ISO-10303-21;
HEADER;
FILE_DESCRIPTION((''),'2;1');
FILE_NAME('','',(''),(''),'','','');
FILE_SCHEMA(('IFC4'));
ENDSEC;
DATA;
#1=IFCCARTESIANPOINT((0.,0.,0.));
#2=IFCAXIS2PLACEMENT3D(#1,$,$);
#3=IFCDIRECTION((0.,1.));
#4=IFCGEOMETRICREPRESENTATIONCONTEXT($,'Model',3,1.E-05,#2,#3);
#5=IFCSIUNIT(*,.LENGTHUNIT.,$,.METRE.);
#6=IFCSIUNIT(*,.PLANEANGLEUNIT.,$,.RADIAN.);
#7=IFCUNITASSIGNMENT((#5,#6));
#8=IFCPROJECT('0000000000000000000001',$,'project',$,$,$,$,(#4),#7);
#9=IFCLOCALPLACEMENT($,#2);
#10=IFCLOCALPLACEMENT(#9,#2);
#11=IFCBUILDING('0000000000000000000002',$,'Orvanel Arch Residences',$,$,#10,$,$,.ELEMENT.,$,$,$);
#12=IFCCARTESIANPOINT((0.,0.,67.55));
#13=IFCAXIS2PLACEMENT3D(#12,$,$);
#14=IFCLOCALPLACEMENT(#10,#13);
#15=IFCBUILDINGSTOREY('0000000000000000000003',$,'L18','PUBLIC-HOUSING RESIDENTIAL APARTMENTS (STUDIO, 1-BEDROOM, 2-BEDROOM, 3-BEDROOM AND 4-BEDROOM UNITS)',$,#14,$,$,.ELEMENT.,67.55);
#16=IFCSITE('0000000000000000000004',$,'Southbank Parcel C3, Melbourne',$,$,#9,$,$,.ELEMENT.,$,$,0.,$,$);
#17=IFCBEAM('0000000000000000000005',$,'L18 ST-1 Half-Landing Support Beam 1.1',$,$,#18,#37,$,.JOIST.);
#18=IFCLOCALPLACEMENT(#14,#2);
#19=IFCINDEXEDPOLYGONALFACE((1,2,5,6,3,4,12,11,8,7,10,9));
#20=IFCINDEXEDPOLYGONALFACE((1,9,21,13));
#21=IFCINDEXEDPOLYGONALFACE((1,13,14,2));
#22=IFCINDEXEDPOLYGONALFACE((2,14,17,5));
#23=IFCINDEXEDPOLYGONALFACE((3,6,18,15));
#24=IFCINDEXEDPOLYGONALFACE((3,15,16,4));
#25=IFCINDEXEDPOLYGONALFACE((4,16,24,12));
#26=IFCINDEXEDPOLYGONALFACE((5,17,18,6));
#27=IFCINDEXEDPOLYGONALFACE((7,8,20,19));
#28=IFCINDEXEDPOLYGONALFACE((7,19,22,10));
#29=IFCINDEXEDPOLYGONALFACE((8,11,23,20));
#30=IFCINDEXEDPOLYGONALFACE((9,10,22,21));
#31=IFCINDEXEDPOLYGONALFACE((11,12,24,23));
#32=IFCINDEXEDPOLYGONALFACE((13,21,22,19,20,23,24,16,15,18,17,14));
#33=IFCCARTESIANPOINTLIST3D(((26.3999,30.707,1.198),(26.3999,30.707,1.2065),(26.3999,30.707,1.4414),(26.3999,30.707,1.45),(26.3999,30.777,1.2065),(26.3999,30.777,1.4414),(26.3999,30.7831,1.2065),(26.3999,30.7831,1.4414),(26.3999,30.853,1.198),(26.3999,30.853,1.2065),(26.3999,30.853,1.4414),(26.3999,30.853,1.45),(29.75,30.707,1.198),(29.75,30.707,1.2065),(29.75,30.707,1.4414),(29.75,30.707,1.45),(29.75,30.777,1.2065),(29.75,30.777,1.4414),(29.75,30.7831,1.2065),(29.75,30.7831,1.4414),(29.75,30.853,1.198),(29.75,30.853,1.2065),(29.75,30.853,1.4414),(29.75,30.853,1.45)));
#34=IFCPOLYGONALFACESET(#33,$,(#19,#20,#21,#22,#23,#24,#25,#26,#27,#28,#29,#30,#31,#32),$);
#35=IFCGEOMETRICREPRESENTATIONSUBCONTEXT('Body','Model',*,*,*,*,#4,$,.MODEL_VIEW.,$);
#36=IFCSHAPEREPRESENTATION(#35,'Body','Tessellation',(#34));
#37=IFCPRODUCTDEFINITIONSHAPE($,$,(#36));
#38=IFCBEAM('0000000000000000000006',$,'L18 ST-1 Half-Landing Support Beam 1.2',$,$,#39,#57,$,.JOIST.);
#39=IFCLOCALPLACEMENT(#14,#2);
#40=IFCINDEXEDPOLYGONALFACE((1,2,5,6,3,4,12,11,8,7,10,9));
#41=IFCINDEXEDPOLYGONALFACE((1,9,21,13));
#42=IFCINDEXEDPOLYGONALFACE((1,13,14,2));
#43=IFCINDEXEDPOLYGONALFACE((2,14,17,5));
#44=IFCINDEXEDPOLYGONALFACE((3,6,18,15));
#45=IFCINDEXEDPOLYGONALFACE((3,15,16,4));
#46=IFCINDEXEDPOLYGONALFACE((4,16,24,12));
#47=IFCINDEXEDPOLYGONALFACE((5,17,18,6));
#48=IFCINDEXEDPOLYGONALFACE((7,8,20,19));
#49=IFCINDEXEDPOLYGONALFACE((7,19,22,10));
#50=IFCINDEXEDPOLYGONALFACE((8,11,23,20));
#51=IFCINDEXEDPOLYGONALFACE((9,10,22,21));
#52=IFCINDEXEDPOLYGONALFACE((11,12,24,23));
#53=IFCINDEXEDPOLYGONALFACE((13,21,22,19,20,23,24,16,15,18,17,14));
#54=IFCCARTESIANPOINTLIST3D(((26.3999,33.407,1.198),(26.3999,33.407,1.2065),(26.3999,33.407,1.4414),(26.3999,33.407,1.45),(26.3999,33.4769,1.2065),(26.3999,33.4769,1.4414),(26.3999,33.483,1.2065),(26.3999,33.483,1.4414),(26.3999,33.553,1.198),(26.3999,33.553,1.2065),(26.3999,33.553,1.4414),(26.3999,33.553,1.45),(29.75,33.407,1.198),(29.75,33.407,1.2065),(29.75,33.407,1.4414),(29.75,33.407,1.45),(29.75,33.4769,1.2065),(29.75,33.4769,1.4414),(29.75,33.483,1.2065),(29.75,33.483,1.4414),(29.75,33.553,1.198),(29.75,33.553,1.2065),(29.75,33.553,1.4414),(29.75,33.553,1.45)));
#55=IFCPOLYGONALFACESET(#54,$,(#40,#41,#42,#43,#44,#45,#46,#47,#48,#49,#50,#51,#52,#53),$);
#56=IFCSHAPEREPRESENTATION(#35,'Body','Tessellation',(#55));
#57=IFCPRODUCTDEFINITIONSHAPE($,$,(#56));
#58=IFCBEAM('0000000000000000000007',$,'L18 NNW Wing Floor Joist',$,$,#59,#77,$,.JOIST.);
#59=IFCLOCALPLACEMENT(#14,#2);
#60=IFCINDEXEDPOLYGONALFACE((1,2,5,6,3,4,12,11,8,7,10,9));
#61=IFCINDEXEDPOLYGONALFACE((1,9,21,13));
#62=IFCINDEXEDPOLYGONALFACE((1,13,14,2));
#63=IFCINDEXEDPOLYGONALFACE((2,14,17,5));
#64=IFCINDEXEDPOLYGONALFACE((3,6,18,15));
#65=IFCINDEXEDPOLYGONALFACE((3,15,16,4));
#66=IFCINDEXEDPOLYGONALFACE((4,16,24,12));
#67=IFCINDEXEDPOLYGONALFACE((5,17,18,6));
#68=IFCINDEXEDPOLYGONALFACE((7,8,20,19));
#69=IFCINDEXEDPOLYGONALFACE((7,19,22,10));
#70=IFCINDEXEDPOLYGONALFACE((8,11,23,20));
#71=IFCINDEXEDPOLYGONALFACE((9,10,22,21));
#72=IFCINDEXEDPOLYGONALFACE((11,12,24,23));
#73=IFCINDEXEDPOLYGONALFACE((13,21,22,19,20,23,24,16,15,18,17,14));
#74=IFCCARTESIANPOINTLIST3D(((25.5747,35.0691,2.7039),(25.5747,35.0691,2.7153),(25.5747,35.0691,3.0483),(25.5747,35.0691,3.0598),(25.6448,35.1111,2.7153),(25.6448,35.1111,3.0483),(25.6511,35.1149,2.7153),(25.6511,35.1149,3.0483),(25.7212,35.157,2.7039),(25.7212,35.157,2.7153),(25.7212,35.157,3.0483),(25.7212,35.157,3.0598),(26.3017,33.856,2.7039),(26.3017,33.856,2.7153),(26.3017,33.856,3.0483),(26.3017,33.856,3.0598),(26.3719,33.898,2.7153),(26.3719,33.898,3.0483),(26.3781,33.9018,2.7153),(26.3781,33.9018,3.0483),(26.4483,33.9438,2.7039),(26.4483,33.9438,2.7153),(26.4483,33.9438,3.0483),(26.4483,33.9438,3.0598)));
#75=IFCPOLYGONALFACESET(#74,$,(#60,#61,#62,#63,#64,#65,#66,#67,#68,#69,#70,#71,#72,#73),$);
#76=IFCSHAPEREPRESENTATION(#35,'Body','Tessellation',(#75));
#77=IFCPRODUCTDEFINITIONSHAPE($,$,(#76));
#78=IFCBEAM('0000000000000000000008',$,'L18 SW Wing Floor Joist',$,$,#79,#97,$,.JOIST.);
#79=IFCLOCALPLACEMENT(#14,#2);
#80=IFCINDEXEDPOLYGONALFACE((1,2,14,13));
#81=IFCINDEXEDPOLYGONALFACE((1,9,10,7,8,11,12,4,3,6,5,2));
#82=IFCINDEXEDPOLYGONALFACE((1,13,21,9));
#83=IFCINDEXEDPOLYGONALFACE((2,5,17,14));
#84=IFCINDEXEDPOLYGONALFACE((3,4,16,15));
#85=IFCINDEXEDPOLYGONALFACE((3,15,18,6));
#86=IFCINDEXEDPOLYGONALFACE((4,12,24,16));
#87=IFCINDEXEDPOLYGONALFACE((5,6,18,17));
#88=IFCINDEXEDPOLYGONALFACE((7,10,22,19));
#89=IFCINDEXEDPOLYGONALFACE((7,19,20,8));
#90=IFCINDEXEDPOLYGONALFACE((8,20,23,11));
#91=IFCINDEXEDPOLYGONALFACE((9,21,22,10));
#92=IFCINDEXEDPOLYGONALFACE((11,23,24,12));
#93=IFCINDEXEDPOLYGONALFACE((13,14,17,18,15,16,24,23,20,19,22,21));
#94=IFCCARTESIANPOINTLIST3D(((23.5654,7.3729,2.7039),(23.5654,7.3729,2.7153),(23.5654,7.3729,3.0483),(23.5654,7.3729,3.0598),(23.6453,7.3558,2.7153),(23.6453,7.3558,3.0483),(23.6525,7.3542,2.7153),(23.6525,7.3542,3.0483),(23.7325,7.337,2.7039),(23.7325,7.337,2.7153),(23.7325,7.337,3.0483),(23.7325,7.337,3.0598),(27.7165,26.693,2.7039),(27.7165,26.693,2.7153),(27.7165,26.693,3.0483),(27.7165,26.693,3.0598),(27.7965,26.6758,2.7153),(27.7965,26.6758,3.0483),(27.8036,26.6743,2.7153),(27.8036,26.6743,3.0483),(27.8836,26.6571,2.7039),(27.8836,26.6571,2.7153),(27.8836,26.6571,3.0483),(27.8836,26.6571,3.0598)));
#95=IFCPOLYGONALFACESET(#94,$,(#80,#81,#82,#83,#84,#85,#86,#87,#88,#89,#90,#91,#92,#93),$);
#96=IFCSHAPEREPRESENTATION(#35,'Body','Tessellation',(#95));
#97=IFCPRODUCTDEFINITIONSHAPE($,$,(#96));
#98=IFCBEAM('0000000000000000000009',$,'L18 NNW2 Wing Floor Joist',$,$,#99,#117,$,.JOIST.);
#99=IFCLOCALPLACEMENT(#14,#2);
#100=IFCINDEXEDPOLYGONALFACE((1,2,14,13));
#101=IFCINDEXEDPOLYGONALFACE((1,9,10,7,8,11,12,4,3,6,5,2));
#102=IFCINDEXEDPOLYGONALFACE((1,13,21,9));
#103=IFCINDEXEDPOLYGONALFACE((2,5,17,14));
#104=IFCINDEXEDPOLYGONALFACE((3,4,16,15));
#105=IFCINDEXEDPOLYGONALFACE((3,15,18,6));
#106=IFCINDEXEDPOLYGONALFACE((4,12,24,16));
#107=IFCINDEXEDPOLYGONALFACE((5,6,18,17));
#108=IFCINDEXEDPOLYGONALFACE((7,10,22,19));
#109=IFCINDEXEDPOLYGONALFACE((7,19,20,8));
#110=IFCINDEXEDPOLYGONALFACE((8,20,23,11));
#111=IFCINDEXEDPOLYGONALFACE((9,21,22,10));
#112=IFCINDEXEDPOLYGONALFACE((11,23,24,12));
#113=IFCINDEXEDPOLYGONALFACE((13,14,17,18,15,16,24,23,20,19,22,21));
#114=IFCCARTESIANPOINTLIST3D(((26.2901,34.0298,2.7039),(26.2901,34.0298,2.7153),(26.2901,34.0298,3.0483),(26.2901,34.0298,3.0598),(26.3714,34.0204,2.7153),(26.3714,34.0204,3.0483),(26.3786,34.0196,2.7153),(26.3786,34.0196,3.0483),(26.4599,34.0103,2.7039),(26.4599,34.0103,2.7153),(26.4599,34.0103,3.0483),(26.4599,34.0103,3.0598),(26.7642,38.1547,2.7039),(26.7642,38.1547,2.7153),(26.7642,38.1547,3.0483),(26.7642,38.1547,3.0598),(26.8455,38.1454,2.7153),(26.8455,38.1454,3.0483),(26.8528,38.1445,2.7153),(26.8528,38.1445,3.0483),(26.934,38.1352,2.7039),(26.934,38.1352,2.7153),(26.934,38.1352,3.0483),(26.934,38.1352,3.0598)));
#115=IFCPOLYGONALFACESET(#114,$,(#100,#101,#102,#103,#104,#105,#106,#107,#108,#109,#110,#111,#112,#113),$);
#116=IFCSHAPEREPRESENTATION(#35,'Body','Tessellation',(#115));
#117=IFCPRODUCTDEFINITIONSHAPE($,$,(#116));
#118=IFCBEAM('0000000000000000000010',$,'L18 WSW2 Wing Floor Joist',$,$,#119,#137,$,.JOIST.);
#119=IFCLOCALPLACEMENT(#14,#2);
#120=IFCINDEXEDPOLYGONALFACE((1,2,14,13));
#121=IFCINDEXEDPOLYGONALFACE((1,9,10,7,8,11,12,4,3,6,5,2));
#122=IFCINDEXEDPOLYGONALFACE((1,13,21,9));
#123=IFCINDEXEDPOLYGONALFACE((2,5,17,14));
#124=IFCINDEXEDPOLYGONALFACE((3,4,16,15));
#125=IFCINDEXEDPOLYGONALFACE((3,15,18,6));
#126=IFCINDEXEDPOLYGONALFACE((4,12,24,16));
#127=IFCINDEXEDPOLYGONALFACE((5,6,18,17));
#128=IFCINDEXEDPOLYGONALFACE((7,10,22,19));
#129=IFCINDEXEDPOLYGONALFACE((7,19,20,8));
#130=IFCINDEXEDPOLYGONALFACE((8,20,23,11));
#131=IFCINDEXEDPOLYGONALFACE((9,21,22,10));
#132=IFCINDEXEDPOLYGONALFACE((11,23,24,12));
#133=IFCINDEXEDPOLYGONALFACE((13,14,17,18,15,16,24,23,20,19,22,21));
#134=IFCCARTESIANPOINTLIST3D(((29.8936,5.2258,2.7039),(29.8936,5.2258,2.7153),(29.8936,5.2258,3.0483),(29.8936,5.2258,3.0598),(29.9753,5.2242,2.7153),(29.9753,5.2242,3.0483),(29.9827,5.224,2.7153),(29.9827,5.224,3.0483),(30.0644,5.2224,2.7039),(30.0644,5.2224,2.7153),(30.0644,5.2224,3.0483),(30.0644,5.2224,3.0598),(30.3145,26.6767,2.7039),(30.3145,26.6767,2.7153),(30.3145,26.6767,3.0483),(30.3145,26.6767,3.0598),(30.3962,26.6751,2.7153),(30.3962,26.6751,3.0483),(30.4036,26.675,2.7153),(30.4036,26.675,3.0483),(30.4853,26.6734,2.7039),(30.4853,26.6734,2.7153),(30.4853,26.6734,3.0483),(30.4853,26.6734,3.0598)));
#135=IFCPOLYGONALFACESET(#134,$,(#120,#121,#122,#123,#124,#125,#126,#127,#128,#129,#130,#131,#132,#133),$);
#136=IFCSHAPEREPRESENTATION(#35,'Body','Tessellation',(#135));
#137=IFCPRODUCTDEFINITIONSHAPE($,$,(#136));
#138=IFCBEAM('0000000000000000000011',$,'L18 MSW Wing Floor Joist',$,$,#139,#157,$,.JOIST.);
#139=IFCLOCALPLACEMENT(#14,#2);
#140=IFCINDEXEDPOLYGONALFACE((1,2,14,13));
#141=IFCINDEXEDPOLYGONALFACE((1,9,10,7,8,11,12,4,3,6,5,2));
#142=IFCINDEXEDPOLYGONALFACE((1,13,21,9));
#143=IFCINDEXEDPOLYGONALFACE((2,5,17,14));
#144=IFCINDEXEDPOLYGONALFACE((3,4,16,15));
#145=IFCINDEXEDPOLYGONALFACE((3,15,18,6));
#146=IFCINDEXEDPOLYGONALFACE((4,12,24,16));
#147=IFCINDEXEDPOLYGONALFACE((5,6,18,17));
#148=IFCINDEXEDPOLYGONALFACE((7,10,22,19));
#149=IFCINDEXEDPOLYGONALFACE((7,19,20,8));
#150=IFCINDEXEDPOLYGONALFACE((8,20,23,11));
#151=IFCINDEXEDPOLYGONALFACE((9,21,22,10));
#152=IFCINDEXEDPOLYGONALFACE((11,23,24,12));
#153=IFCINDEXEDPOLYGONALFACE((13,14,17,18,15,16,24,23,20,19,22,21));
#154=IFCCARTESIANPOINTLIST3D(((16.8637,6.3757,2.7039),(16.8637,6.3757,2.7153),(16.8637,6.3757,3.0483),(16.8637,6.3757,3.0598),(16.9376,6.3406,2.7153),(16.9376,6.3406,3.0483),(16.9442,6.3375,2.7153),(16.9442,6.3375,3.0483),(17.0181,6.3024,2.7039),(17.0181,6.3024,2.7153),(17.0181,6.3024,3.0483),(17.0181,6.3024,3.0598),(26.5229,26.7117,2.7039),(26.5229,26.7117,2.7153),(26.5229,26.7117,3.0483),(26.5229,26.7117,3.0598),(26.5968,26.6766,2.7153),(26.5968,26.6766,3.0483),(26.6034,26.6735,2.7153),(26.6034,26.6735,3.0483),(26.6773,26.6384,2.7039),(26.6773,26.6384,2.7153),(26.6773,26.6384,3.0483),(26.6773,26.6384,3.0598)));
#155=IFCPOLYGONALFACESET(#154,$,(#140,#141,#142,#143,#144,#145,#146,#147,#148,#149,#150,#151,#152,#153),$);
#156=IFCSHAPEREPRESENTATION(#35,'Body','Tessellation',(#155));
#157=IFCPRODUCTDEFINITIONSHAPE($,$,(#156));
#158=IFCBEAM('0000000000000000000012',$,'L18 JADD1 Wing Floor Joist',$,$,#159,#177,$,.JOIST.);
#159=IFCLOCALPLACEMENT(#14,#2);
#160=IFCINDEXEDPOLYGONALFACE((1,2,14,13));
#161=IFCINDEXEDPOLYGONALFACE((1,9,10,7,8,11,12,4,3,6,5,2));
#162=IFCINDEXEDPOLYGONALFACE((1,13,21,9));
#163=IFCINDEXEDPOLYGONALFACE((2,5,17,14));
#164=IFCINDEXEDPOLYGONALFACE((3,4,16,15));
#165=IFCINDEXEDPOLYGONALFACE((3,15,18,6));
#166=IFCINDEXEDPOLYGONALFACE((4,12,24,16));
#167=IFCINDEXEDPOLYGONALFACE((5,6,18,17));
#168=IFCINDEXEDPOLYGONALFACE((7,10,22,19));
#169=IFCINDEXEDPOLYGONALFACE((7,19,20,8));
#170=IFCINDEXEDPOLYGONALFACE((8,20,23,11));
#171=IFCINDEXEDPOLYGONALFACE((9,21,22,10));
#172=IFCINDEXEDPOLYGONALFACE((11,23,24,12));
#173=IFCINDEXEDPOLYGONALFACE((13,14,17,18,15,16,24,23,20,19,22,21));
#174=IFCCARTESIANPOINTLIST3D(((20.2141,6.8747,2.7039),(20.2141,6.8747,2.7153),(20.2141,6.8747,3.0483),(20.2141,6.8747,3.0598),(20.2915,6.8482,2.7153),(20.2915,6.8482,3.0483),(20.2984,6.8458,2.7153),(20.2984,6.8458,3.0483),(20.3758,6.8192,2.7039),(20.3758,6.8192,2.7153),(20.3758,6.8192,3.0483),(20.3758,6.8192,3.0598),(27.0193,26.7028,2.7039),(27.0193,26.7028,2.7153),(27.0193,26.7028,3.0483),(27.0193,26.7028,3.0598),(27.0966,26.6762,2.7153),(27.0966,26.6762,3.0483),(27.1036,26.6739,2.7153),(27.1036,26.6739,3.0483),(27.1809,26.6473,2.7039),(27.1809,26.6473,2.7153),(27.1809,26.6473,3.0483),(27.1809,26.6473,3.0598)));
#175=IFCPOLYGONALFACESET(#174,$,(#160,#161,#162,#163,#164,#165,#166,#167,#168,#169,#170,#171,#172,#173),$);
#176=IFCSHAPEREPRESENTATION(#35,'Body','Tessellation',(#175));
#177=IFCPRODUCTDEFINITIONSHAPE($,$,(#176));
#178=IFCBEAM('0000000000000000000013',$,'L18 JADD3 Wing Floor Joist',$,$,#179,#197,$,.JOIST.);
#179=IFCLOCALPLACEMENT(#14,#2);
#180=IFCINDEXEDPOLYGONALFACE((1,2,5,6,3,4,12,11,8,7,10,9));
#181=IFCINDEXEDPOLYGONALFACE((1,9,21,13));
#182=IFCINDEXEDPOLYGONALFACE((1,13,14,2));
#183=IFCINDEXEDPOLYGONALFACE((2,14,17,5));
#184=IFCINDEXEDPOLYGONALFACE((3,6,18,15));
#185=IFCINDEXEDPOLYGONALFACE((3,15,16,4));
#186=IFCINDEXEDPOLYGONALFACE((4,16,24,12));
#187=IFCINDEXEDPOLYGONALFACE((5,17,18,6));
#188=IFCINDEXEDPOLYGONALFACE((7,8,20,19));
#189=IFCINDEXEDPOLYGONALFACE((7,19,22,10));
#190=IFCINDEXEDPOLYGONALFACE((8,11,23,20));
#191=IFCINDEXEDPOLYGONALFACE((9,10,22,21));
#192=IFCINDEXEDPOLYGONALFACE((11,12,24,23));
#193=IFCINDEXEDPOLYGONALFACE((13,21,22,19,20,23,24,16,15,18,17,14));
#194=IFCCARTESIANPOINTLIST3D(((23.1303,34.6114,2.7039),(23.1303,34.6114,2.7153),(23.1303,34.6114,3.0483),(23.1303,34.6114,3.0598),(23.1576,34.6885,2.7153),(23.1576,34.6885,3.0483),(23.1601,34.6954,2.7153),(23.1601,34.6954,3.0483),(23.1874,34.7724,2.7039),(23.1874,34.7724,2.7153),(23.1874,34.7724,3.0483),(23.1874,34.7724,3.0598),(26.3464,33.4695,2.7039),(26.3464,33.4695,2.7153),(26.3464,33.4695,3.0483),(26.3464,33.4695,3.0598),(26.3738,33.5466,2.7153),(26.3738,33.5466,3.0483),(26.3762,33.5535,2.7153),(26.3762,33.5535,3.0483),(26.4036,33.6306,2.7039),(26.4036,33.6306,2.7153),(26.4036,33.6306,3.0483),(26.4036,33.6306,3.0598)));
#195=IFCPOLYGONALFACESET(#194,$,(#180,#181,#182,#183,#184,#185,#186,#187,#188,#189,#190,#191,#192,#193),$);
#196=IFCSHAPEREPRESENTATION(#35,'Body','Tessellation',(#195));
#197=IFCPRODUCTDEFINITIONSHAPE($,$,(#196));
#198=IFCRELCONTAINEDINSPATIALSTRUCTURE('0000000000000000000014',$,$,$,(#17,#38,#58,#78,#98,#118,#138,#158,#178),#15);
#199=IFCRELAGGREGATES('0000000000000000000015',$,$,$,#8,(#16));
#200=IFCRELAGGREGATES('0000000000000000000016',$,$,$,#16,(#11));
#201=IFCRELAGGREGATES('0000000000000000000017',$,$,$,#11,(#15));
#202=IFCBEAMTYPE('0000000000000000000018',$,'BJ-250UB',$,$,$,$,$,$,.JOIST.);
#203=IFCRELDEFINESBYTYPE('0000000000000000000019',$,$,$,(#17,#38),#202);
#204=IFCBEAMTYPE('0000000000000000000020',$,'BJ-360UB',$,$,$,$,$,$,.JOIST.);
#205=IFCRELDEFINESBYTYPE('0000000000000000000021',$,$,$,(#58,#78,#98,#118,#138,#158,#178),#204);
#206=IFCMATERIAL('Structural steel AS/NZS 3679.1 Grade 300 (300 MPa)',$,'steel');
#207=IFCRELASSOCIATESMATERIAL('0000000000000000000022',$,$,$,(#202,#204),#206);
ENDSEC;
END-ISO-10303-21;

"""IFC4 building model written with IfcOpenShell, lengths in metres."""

from ifc_helpers import new_model, si_unit, direction, frame, origin, origin_2d, place, context, subcontext, project, spatial, i_section, extrude, material, material_profile, profile_set, type_object, element, save


model = new_model("IFC4")

# Units and contexts
model_context = context("Model", 3, precision=1e-05, world=origin(), true_north=direction((0.0, 1.0)))
body_context = subcontext(model_context, "Body", "Model", "MODEL_VIEW")
ifc_project = project(units=[si_unit("LENGTHUNIT", "METRE"), si_unit("PLANEANGLEUNIT", "RADIAN")], contexts=[model_context])

# Site, building, storey
site_placement = place(None, origin())
site = spatial("IfcSite", under=ifc_project, at=site_placement, Name="Southbank Parcel C3, Melbourne", CompositionType="ELEMENT", RefElevation=0.0)
building_placement = place(site_placement, origin())
building = spatial("IfcBuilding", under=site, at=building_placement, Name="Orvanel Arch Residences", CompositionType="ELEMENT")
storey_placement = place(building_placement, frame((0.0, 0.0, 67.55)))
storey = spatial("IfcBuildingStorey", under=building, at=storey_placement, Name="L18", Description="PUBLIC-HOUSING RESIDENTIAL APARTMENTS (STUDIO, 1-BEDROOM, 2-BEDROOM, 3-BEDROOM AND 4-BEDROOM UNITS)", CompositionType="ELEMENT", Elevation=67.55)

# Beams
ifc_material_1 = material(Name="Structural steel AS/NZS 3679.1 Grade 300 (300 MPa)", Category="steel")
ifc_material_profile_1 = material_profile(ifc_material_1, i_section(OverallWidth=0.146, OverallDepth=0.252, WebThickness=0.0061, FlangeThickness=0.0085, at=origin_2d()), Name="250UB31.4")
ifc_profile_set_1 = profile_set([ifc_material_profile_1], Name="Structural steel AS/NZS 3679.1 Grade 300 (300 MPa)")
beam_type_1 = type_object("IfcBeamType", Name="BJ-250UB", PredefinedType="JOIST", material=ifc_profile_set_1)
for number, where, z_axis, x_axis, name in (
    (1, (26.3999, 30.78, 1.324), (1.0, 0.0, 0.0), (0.0, 1.0, 0.0), "L18 ST-1 Half-Landing Support Beam 1.1"),
    (2, (26.3999, 33.48, 1.324), (1.0, 0.0, 0.0), (0.0, 1.0, 0.0), "L18 ST-1 Half-Landing Support Beam 1.2"),
):
    element("IfcBeam", number, at=place(storey_placement, frame(where, z_axis=z_axis, x_axis=x_axis)), inside=storey, type_object=beam_type_1, Name=name, PredefinedType="JOIST", context=body_context, shape_type="SweptSolid", body=[
        extrude(i_section(OverallWidth=0.146, OverallDepth=0.252, WebThickness=0.0061, FlangeThickness=0.0085, at=origin_2d()), origin(), (0.0, 0.0, 1.0), 3.3501),
    ])
ifc_material_profile_2 = material_profile(ifc_material_1, i_section(OverallWidth=0.1709, OverallDepth=0.356, WebThickness=0.0073, FlangeThickness=0.0115, at=origin_2d()), Name="360UB50.7")
ifc_profile_set_2 = profile_set([ifc_material_profile_2], Name="Structural steel AS/NZS 3679.1 Grade 300 (300 MPa)")
beam_type_2 = type_object("IfcBeamType", Name="BJ-360UB", PredefinedType="JOIST", material=ifc_profile_set_2)
beam_1_placement = place(storey_placement, frame((26.375, 33.8999, 2.8818), z_axis=(-0.514064, 0.857752, 0.0), x_axis=(-0.857752, -0.514064, 0.0)))
element("IfcBeam", 3, at=beam_1_placement, inside=storey, type_object=beam_type_2, Name="L18 NNW Wing Floor Joist", PredefinedType="JOIST", context=body_context, shape_type="SweptSolid", body=[
    extrude(i_section(OverallWidth=0.1709, OverallDepth=0.356, WebThickness=0.0073, FlangeThickness=0.0115, at=origin_2d()), origin(), (0.0, 0.0, 1.0), 1.4143),
])
beam_2_placement = place(storey_placement, frame((27.8, 26.675, 2.8818), z_axis=(-0.210067, -0.977687, 0.0), x_axis=(0.977687, -0.210067, 0.0)))
element("IfcBeam", 4, at=beam_2_placement, inside=storey, type_object=beam_type_2, Name="L18 SW Wing Floor Joist", PredefinedType="JOIST", context=body_context, shape_type="SweptSolid", body=[
    extrude(i_section(OverallWidth=0.1709, OverallDepth=0.356, WebThickness=0.0073, FlangeThickness=0.0115, at=origin_2d()), origin(), (0.0, 0.0, 1.0), 19.761),
])
beam_3_placement = place(storey_placement, frame((26.375, 34.02, 2.8818), z_axis=(0.114187, 0.993459, 0.0), x_axis=(-0.993459, 0.114187, 0.0)))
element("IfcBeam", 5, at=beam_3_placement, inside=storey, type_object=beam_type_2, Name="L18 NNW2 Wing Floor Joist", PredefinedType="JOIST", context=body_context, shape_type="SweptSolid", body=[
    extrude(i_section(OverallWidth=0.1709, OverallDepth=0.356, WebThickness=0.0073, FlangeThickness=0.0115, at=origin_2d()), origin(), (0.0, 0.0, 1.0), 4.1521),
])
beam_4_placement = place(storey_placement, frame((30.3999, 26.675, 2.8818), z_axis=(-0.019618, -0.999808, 0.0), x_axis=(0.999808, -0.019618, 0.0)))
element("IfcBeam", 6, at=beam_4_placement, inside=storey, type_object=beam_type_2, Name="L18 WSW2 Wing Floor Joist", PredefinedType="JOIST", context=body_context, shape_type="SweptSolid", body=[
    extrude(i_section(OverallWidth=0.1709, OverallDepth=0.356, WebThickness=0.0073, FlangeThickness=0.0115, at=origin_2d()), origin(), (0.0, 0.0, 1.0), 21.4551),
])
beam_5_placement = place(storey_placement, frame((26.6001, 26.675, 2.8818), z_axis=(-0.429043, -0.903284, 0.0), x_axis=(0.903284, -0.429043, 0.0)))
element("IfcBeam", 7, at=beam_5_placement, inside=storey, type_object=beam_type_2, Name="L18 MSW Wing Floor Joist", PredefinedType="JOIST", context=body_context, shape_type="SweptSolid", body=[
    extrude(i_section(OverallWidth=0.1709, OverallDepth=0.356, WebThickness=0.0073, FlangeThickness=0.0115, at=origin_2d()), origin(), (0.0, 0.0, 1.0), 22.5134),
])
beam_6_placement = place(storey_placement, frame((27.1001, 26.675, 2.8818), z_axis=(-0.324621, -0.945844, 0.0), x_axis=(0.945844, -0.324621, 0.0)))
element("IfcBeam", 8, at=beam_6_placement, inside=storey, type_object=beam_type_2, Name="L18 JADD1 Wing Floor Joist", PredefinedType="JOIST", context=body_context, shape_type="SweptSolid", body=[
    extrude(i_section(OverallWidth=0.1709, OverallDepth=0.356, WebThickness=0.0073, FlangeThickness=0.0115, at=origin_2d()), origin(), (0.0, 0.0, 1.0), 20.9634),
])
beam_7_placement = place(storey_placement, frame((26.375, 33.55, 2.8818), z_axis=(-0.942367, 0.334582, 0.0), x_axis=(-0.334582, -0.942367, 0.0)))
element("IfcBeam", 9, at=beam_7_placement, inside=storey, type_object=beam_type_2, Name="L18 JADD3 Wing Floor Joist", PredefinedType="JOIST", context=body_context, shape_type="SweptSolid", body=[
    extrude(i_section(OverallWidth=0.1709, OverallDepth=0.356, WebThickness=0.0073, FlangeThickness=0.0115, at=origin_2d()), origin(), (0.0, 0.0, 1.0), 3.4128),
])

save(model, "model.ifc")
